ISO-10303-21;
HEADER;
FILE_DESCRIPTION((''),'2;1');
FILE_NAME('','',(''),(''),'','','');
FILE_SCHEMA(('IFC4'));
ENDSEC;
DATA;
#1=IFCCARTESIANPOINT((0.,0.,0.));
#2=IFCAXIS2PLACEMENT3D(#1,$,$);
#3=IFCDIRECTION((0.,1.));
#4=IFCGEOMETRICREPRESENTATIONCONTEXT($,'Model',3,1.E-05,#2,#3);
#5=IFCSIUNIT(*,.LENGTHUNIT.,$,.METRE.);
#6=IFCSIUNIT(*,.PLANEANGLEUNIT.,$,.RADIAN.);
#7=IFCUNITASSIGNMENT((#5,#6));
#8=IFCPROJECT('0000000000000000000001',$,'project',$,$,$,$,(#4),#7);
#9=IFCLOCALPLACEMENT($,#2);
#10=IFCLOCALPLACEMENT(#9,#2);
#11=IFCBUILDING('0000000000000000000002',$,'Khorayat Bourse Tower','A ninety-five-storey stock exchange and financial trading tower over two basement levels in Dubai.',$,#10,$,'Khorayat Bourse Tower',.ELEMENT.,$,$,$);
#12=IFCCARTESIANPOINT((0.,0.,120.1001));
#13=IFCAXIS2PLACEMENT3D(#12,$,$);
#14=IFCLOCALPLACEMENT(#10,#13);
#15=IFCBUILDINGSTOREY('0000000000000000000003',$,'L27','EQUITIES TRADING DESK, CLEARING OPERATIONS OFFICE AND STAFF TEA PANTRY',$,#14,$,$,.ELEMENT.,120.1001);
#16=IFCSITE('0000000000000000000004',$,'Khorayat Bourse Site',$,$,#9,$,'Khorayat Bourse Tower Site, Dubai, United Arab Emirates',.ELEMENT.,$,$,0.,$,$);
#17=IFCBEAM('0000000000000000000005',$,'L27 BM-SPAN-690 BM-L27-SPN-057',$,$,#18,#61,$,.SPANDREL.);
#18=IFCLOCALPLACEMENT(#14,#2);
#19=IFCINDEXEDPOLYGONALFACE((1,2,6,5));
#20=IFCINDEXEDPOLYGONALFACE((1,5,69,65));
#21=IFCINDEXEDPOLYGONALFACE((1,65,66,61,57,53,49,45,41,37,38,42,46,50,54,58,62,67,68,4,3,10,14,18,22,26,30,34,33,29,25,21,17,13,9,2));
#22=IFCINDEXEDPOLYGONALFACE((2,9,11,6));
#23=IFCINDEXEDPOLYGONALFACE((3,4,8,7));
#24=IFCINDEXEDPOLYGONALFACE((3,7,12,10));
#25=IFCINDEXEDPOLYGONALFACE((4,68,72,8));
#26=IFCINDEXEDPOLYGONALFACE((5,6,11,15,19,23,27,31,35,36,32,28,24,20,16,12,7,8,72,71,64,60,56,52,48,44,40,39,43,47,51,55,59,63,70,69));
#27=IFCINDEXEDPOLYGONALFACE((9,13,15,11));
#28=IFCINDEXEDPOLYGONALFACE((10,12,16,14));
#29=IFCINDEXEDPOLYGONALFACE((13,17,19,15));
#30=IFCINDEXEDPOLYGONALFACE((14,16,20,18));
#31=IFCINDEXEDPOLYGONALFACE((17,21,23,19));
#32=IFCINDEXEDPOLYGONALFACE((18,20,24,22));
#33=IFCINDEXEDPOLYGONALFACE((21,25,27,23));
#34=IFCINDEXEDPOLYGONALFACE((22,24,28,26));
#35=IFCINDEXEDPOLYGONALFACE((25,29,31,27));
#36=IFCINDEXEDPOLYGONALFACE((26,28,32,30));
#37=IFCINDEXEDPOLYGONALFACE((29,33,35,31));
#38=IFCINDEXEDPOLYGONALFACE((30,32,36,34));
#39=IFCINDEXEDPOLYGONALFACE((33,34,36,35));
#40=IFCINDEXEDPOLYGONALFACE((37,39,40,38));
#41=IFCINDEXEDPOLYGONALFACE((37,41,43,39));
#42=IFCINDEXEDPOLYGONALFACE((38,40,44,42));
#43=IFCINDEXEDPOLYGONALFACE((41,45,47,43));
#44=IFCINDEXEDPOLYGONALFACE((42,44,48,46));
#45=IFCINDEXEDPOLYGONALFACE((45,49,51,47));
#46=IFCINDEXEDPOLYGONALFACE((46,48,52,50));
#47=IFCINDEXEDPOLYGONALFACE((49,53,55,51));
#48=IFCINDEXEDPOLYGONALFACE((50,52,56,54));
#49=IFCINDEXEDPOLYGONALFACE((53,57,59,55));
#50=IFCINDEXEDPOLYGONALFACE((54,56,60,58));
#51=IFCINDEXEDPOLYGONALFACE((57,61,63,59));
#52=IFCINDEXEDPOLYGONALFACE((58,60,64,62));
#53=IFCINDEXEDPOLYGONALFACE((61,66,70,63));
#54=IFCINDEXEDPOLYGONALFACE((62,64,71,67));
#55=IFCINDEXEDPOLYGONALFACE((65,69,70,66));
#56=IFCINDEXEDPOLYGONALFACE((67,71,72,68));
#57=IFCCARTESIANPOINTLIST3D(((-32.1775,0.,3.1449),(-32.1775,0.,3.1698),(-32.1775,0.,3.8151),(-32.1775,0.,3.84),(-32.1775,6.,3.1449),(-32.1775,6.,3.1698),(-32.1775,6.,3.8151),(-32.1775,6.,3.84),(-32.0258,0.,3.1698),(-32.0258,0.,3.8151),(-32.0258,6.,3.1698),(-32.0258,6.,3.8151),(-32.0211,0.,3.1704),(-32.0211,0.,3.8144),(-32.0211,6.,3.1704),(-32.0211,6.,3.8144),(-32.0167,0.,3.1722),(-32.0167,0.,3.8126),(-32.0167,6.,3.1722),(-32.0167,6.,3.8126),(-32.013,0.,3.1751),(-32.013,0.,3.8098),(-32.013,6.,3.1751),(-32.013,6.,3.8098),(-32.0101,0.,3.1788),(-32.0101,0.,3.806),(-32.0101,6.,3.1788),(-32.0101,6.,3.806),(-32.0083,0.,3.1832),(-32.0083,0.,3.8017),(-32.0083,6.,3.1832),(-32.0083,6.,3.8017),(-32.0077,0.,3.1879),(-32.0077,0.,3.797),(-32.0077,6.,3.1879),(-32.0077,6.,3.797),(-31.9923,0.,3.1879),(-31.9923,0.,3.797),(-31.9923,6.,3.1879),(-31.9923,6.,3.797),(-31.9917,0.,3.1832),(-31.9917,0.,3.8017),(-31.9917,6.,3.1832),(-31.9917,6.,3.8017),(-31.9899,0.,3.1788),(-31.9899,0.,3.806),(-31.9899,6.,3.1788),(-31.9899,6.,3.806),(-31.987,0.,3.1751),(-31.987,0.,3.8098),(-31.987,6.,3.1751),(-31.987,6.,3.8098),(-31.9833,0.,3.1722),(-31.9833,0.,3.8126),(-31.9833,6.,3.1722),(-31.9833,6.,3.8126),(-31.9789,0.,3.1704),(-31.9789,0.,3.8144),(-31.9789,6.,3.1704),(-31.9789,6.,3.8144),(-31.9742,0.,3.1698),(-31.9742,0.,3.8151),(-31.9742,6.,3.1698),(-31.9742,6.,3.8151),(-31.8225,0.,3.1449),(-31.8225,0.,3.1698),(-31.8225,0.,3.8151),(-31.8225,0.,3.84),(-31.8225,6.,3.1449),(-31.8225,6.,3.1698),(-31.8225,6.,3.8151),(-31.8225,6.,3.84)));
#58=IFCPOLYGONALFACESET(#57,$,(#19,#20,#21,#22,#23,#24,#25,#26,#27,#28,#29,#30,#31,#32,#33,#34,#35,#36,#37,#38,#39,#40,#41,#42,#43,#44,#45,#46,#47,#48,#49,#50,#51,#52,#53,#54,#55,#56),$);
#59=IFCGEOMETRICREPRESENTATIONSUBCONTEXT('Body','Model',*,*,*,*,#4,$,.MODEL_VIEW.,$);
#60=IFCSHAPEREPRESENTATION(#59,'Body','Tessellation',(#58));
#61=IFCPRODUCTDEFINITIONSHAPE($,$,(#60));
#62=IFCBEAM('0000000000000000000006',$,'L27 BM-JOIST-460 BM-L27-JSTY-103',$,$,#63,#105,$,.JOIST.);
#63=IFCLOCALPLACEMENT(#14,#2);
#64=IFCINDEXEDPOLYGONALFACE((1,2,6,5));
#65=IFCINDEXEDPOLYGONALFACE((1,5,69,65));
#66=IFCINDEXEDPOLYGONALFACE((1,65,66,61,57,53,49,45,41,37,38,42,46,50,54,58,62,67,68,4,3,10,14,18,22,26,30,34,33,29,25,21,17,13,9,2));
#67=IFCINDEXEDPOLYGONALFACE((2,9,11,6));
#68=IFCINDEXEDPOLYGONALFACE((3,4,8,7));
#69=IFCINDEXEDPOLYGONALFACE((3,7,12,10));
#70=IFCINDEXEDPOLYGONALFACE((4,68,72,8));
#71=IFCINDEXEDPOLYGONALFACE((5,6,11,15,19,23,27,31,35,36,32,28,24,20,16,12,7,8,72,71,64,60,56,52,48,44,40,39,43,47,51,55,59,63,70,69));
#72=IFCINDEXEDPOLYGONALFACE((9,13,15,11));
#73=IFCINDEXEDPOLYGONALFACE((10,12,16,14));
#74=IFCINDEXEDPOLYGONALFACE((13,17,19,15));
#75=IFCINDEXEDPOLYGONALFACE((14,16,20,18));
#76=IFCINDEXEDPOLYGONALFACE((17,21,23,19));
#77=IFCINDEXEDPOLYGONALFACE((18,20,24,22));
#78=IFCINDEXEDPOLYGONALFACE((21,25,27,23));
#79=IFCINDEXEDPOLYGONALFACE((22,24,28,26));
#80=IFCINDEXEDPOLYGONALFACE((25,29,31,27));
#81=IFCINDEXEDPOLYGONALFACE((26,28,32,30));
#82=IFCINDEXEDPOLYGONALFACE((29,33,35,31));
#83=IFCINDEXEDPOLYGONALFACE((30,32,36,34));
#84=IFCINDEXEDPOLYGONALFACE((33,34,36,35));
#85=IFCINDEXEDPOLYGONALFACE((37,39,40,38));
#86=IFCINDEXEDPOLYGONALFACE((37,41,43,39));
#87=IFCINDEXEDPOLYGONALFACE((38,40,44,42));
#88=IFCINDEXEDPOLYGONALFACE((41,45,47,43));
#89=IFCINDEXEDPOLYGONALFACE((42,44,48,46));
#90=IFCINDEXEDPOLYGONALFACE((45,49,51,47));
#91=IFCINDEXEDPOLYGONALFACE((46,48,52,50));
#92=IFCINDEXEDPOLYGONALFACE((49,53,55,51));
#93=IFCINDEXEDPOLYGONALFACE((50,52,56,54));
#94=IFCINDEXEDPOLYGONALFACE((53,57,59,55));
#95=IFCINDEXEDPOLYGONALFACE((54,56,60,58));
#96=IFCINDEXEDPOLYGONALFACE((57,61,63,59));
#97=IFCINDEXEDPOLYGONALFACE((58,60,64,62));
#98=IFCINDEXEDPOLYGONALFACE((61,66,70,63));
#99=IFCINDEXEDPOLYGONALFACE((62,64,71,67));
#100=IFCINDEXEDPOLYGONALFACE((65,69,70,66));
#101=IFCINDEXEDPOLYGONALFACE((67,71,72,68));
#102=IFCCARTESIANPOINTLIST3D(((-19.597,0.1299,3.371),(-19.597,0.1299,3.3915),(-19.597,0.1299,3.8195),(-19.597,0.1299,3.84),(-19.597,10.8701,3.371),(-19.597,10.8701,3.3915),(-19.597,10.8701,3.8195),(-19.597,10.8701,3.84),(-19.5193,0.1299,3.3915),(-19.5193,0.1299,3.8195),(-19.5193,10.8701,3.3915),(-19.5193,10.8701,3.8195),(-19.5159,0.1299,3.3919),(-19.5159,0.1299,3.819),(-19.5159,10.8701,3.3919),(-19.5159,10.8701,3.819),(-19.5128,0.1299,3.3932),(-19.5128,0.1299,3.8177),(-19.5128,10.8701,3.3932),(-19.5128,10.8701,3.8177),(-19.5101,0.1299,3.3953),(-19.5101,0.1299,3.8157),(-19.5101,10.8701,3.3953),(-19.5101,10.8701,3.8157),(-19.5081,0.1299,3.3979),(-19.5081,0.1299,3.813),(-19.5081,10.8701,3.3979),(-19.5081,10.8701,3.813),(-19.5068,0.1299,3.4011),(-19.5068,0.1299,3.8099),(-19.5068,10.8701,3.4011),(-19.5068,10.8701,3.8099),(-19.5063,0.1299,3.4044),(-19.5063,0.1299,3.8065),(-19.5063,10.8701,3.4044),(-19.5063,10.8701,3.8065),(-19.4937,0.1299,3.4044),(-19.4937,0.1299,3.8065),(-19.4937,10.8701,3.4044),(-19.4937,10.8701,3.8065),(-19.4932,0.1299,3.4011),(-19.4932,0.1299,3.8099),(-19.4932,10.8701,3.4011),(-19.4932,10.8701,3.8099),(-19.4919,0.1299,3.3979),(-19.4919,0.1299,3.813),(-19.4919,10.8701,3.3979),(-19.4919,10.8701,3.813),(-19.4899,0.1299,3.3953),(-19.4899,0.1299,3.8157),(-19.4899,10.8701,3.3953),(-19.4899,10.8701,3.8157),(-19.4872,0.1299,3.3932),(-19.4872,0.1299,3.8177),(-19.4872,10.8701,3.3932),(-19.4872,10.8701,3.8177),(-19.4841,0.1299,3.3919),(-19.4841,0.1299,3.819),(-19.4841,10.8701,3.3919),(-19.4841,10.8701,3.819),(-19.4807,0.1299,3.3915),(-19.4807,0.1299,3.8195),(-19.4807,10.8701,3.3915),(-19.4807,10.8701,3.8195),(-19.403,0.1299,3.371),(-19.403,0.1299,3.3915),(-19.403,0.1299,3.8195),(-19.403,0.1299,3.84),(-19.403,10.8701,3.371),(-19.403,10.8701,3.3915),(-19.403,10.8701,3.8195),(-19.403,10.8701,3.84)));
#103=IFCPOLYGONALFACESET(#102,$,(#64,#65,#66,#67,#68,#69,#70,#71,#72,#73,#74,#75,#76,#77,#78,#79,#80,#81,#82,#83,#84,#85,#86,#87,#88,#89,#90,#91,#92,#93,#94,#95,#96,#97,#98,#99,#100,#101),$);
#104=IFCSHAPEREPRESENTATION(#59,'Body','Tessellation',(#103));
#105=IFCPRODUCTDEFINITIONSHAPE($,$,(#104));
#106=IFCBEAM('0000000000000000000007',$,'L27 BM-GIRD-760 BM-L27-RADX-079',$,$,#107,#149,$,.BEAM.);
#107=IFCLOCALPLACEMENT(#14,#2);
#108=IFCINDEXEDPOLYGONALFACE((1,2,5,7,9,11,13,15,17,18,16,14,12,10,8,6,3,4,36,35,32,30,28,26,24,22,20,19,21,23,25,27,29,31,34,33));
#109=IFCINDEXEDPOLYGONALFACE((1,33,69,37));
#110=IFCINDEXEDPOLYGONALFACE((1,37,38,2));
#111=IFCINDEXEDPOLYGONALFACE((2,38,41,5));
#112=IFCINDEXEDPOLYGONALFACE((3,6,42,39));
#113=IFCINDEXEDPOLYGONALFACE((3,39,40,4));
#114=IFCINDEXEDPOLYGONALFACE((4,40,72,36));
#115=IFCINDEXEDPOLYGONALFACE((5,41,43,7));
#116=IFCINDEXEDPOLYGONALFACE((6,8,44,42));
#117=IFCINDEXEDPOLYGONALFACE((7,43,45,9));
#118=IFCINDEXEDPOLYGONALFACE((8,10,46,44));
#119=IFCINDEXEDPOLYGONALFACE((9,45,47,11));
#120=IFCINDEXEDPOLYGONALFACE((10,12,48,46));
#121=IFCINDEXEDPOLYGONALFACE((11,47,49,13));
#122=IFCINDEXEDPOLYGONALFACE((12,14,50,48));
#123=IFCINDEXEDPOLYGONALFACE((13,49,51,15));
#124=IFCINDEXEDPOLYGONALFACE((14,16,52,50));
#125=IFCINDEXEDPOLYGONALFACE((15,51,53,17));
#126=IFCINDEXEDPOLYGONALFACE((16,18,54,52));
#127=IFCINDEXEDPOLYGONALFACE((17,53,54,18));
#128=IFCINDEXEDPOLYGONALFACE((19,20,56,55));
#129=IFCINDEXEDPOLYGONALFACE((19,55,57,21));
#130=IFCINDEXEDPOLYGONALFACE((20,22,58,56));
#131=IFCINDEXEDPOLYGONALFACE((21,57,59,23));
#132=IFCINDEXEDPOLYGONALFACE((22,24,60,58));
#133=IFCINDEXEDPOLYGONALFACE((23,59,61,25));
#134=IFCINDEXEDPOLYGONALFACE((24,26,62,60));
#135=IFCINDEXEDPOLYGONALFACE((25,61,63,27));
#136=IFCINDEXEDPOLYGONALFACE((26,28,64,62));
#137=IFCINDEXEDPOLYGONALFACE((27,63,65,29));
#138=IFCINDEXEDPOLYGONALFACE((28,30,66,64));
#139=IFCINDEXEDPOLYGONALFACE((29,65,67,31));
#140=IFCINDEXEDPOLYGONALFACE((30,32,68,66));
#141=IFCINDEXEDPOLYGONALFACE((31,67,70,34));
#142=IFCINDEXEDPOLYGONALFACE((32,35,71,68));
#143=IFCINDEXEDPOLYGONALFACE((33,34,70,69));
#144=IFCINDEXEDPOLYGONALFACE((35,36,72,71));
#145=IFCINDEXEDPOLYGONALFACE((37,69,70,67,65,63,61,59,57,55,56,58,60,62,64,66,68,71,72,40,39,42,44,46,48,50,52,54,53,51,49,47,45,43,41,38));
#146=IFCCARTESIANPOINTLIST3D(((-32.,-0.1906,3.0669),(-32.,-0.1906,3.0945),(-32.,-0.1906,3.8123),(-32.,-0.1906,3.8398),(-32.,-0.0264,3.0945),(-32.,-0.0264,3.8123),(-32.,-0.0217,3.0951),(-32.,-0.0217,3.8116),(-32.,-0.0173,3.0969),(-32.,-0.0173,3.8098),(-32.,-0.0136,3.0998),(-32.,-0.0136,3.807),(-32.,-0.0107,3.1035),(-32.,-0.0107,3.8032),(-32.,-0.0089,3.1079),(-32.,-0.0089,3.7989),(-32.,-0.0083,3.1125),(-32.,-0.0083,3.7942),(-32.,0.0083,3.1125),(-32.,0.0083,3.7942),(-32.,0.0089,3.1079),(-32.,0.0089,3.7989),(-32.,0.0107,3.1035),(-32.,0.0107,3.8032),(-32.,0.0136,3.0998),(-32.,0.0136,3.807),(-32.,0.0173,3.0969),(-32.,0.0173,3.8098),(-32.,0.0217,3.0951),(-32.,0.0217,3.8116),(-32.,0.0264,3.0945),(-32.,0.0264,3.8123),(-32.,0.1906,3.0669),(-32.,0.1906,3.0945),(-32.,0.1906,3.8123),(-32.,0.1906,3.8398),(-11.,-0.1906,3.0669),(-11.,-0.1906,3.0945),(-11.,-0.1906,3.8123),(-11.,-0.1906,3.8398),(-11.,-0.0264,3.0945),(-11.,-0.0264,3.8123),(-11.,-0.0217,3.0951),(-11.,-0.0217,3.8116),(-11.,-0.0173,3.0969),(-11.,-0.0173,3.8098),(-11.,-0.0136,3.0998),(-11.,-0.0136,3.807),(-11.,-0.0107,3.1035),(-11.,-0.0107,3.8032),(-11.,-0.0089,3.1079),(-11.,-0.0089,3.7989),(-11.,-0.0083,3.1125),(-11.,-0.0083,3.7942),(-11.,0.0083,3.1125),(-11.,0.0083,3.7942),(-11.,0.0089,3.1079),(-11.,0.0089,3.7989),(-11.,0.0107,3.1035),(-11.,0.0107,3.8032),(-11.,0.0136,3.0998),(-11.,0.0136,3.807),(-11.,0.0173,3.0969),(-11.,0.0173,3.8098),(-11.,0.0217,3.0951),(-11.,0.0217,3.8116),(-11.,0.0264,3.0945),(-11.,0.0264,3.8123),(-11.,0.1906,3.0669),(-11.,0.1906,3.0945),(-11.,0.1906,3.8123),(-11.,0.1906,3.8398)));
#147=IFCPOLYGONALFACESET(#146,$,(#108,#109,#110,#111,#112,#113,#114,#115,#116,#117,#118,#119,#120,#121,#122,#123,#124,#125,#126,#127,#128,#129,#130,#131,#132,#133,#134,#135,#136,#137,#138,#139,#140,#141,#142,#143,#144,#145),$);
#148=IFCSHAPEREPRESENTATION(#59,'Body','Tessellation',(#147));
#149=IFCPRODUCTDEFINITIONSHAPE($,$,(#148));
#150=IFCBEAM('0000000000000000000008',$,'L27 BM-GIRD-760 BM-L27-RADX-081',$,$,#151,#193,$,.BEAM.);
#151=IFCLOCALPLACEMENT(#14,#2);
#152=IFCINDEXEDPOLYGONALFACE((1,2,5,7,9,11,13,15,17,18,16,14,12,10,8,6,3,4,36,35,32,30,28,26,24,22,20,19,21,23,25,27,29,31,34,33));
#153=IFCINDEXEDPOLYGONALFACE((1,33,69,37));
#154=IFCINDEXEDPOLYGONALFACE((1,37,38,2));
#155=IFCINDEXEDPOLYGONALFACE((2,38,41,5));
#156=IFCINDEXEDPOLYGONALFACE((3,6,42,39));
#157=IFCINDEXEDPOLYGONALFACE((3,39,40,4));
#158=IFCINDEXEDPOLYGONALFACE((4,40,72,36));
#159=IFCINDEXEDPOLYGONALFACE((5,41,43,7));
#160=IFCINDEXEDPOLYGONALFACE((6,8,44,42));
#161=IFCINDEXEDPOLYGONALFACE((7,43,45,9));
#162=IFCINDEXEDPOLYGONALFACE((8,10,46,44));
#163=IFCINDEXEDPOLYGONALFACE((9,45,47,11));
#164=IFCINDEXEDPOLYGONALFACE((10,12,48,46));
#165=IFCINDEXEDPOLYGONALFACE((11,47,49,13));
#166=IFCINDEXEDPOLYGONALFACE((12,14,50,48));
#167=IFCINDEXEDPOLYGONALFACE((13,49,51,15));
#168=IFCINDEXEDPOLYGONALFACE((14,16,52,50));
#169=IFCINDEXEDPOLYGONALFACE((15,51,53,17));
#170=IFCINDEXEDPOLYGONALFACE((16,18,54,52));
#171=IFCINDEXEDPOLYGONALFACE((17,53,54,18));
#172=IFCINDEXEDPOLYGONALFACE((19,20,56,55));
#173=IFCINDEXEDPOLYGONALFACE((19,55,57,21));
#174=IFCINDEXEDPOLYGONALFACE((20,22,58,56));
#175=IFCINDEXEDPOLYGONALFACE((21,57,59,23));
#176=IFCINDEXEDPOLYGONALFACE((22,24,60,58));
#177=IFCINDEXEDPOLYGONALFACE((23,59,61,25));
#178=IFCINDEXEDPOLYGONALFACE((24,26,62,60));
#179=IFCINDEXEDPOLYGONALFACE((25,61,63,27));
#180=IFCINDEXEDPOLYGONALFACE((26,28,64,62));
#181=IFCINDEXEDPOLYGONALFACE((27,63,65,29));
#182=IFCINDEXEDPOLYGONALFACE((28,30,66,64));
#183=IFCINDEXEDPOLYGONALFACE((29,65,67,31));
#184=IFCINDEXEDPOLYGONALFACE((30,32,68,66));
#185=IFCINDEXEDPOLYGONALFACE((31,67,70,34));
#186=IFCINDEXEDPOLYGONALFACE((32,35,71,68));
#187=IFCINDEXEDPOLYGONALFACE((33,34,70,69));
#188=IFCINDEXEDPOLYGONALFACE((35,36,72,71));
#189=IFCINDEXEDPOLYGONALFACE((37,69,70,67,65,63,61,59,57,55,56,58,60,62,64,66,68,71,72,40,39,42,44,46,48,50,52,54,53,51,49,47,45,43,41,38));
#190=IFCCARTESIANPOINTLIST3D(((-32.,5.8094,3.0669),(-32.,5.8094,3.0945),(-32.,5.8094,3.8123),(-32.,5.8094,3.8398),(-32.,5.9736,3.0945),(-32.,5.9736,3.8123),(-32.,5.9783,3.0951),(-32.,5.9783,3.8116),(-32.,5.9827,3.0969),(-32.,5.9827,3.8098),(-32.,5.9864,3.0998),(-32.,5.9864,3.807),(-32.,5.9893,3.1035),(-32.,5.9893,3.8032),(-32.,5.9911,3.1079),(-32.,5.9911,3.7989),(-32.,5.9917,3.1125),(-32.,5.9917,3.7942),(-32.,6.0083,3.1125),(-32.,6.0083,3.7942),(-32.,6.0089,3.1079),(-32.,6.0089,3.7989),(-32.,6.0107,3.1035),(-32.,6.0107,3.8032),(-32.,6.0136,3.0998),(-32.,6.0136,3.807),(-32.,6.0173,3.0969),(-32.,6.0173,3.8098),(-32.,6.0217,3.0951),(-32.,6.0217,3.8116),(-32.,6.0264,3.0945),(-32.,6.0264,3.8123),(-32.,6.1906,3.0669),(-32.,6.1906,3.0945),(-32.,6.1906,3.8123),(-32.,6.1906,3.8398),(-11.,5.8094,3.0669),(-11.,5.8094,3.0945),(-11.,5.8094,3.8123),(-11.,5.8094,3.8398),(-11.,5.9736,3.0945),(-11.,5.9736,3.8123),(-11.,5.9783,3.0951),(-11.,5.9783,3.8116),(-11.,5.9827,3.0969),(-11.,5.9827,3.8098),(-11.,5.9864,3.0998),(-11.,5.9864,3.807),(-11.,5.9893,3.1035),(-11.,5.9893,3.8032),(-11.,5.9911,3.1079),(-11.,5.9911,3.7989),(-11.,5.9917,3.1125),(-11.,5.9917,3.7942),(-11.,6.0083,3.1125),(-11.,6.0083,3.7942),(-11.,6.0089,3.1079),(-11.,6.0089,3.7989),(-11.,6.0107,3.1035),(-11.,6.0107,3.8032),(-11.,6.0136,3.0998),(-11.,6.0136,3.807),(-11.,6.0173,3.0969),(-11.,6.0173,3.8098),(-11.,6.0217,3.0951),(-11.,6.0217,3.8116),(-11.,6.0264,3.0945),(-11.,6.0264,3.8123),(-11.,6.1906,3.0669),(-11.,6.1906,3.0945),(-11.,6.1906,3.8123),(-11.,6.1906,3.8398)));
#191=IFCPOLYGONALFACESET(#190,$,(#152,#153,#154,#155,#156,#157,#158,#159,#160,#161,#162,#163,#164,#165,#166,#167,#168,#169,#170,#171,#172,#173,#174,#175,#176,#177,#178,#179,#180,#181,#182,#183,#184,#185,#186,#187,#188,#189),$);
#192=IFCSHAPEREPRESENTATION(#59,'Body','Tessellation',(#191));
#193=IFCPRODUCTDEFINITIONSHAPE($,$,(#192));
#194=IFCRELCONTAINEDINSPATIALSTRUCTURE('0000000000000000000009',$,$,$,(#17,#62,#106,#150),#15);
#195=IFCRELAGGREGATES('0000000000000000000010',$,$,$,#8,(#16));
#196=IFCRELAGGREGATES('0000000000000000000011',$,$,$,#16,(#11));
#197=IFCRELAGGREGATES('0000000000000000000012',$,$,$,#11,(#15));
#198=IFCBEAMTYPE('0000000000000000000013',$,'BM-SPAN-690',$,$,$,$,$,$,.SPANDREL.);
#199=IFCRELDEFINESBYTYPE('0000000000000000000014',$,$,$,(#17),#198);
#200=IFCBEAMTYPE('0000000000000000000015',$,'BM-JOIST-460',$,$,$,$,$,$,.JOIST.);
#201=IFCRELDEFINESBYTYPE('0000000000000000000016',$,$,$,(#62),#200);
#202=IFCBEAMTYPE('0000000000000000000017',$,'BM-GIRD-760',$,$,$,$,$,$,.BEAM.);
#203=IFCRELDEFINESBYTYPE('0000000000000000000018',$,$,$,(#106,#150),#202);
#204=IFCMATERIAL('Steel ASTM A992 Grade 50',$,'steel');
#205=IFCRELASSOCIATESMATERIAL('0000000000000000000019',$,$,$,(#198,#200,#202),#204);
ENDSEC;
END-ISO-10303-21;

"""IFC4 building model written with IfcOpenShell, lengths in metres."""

from ifc_helpers import new_model, si_unit, direction, frame, origin, origin_2d, place, context, subcontext, project, spatial, i_section, extrude, source, transform, mapped, material, material_profile, profile_set, type_object, element, save


model = new_model("IFC4")

# Units and contexts
model_context = context("Model", 3, precision=1e-05, world=origin(), true_north=direction((0.0, 1.0)))
body_context = subcontext(model_context, "Body", "Model", "MODEL_VIEW")
ifc_project = project(units=[si_unit("LENGTHUNIT", "METRE"), si_unit("PLANEANGLEUNIT", "RADIAN")], contexts=[model_context])

# Site, building, storey
site_placement = place(None, origin())
site = spatial("IfcSite", under=ifc_project, at=site_placement, Name="Khorayat Bourse Site", LongName="Khorayat Bourse Tower Site, Dubai, United Arab Emirates", CompositionType="ELEMENT", RefElevation=0.0)
building_placement = place(site_placement, origin())
building = spatial("IfcBuilding", under=site, at=building_placement, Name="Khorayat Bourse Tower", Description="A ninety-five-storey stock exchange and financial trading tower over two basement levels in Dubai.", LongName="Khorayat Bourse Tower", CompositionType="ELEMENT")
storey_placement = place(building_placement, frame((0.0, 0.0, 120.1001)))
storey = spatial("IfcBuildingStorey", under=building, at=storey_placement, Name="L27", Description="EQUITIES TRADING DESK, CLEARING OPERATIONS OFFICE AND STAFF TEA PANTRY", CompositionType="ELEMENT", Elevation=120.1001)

# Beams
ifc_material_1 = material(Name="Steel ASTM A992 Grade 50", Category="steel")
ifc_material_profile_1 = material_profile(ifc_material_1, i_section(OverallWidth=0.355, OverallDepth=0.6951, WebThickness=0.0154, FlangeThickness=0.0249, FilletRadius=0.0181, at=origin_2d()), Name="W690X217")
ifc_profile_set_1 = profile_set([ifc_material_profile_1], Name="Steel ASTM A992 Grade 50")
beam_type_1 = type_object("IfcBeamType", Name="BM-SPAN-690", PredefinedType="SPANDREL", material=ifc_profile_set_1)
shared_shape_1 = source(origin(), body_context, "Body", "SweptSolid", [
    extrude(i_section(OverallWidth=0.355, OverallDepth=0.6951, WebThickness=0.0154, FlangeThickness=0.0249, FilletRadius=0.0181, at=origin_2d()), origin(), (0.0, 0.0, 1.0), 6.0),
])
beam_1_placement = place(storey_placement, frame((-32.0, 0.0, 3.4924), z_axis=(0.0, 1.0, 0.0), x_axis=(-1.0, 0.0, 0.0)))
element("IfcBeam", 1, at=beam_1_placement, inside=storey, type_object=beam_type_1, Name="L27 BM-SPAN-690 BM-L27-SPN-057", PredefinedType="SPANDREL", context=body_context, shape_type="MappedRepresentation", body=[
    mapped(shared_shape_1, transform((0.0, 0.0, 0.0), scale=1.0)),
])
ifc_material_profile_2 = material_profile(ifc_material_1, i_section(OverallWidth=0.1941, OverallDepth=0.469, WebThickness=0.0127, FlangeThickness=0.0205, FilletRadius=0.0129, at=origin_2d()), Name="W460X106")
ifc_profile_set_2 = profile_set([ifc_material_profile_2], Name="Steel ASTM A992 Grade 50")
beam_type_2 = type_object("IfcBeamType", Name="BM-JOIST-460", PredefinedType="JOIST", material=ifc_profile_set_2)
shared_shape_2 = source(origin(), body_context, "Body", "SweptSolid", [
    extrude(i_section(OverallWidth=0.1941, OverallDepth=0.469, WebThickness=0.0127, FlangeThickness=0.0205, FilletRadius=0.0129, at=origin_2d()), origin(), (0.0, 0.0, 1.0), 10.7402),
])
beam_2_placement = place(storey_placement, frame((-19.5, 0.1299, 3.6055), z_axis=(0.0, 1.0, 0.0), x_axis=(-1.0, 0.0, 0.0)))
element("IfcBeam", 2, at=beam_2_placement, inside=storey, type_object=beam_type_2, Name="L27 BM-JOIST-460 BM-L27-JSTY-103", PredefinedType="JOIST", context=body_context, shape_type="MappedRepresentation", body=[
    mapped(shared_shape_2, transform((0.0, 0.0, 0.0), scale=1.0)),
])
ifc_material_profile_3 = material_profile(ifc_material_1, i_section(OverallWidth=0.3811, OverallDepth=0.7729, WebThickness=0.0166, FlangeThickness=0.0276, FilletRadius=0.0181, at=origin_2d()), Name="W760X257")
ifc_profile_set_3 = profile_set([ifc_material_profile_3], Name="Steel ASTM A992 Grade 50")
beam_type_3 = type_object("IfcBeamType", Name="BM-GIRD-760", PredefinedType="BEAM", material=ifc_profile_set_3)
shared_shape_3 = source(origin(), body_context, "Body", "SweptSolid", [
    extrude(i_section(OverallWidth=0.3811, OverallDepth=0.7729, WebThickness=0.0166, FlangeThickness=0.0276, FilletRadius=0.0181, at=origin_2d()), origin(), (0.0, 0.0, 1.0), 21.0),
])
for number, where, z_axis, x_axis, name in (
    (3, (-32.0, 0.0, 3.4534), (1.0, 0.0, 0.0), (0.0, 1.0, 0.0), "L27 BM-GIRD-760 BM-L27-RADX-079"),
    (4, (-32.0, 6.0, 3.4534), (1.0, 0.0, 0.0), (0.0, 1.0, 0.0), "L27 BM-GIRD-760 BM-L27-RADX-081"),
):
    element("IfcBeam", number, at=place(storey_placement, frame(where, z_axis=z_axis, x_axis=x_axis)), inside=storey, type_object=beam_type_3, Name=name, PredefinedType="BEAM", context=body_context, shape_type="MappedRepresentation", body=[
        mapped(shared_shape_3, transform((0.0, 0.0, 0.0), scale=1.0)),
    ])

save(model, "model.ifc")
